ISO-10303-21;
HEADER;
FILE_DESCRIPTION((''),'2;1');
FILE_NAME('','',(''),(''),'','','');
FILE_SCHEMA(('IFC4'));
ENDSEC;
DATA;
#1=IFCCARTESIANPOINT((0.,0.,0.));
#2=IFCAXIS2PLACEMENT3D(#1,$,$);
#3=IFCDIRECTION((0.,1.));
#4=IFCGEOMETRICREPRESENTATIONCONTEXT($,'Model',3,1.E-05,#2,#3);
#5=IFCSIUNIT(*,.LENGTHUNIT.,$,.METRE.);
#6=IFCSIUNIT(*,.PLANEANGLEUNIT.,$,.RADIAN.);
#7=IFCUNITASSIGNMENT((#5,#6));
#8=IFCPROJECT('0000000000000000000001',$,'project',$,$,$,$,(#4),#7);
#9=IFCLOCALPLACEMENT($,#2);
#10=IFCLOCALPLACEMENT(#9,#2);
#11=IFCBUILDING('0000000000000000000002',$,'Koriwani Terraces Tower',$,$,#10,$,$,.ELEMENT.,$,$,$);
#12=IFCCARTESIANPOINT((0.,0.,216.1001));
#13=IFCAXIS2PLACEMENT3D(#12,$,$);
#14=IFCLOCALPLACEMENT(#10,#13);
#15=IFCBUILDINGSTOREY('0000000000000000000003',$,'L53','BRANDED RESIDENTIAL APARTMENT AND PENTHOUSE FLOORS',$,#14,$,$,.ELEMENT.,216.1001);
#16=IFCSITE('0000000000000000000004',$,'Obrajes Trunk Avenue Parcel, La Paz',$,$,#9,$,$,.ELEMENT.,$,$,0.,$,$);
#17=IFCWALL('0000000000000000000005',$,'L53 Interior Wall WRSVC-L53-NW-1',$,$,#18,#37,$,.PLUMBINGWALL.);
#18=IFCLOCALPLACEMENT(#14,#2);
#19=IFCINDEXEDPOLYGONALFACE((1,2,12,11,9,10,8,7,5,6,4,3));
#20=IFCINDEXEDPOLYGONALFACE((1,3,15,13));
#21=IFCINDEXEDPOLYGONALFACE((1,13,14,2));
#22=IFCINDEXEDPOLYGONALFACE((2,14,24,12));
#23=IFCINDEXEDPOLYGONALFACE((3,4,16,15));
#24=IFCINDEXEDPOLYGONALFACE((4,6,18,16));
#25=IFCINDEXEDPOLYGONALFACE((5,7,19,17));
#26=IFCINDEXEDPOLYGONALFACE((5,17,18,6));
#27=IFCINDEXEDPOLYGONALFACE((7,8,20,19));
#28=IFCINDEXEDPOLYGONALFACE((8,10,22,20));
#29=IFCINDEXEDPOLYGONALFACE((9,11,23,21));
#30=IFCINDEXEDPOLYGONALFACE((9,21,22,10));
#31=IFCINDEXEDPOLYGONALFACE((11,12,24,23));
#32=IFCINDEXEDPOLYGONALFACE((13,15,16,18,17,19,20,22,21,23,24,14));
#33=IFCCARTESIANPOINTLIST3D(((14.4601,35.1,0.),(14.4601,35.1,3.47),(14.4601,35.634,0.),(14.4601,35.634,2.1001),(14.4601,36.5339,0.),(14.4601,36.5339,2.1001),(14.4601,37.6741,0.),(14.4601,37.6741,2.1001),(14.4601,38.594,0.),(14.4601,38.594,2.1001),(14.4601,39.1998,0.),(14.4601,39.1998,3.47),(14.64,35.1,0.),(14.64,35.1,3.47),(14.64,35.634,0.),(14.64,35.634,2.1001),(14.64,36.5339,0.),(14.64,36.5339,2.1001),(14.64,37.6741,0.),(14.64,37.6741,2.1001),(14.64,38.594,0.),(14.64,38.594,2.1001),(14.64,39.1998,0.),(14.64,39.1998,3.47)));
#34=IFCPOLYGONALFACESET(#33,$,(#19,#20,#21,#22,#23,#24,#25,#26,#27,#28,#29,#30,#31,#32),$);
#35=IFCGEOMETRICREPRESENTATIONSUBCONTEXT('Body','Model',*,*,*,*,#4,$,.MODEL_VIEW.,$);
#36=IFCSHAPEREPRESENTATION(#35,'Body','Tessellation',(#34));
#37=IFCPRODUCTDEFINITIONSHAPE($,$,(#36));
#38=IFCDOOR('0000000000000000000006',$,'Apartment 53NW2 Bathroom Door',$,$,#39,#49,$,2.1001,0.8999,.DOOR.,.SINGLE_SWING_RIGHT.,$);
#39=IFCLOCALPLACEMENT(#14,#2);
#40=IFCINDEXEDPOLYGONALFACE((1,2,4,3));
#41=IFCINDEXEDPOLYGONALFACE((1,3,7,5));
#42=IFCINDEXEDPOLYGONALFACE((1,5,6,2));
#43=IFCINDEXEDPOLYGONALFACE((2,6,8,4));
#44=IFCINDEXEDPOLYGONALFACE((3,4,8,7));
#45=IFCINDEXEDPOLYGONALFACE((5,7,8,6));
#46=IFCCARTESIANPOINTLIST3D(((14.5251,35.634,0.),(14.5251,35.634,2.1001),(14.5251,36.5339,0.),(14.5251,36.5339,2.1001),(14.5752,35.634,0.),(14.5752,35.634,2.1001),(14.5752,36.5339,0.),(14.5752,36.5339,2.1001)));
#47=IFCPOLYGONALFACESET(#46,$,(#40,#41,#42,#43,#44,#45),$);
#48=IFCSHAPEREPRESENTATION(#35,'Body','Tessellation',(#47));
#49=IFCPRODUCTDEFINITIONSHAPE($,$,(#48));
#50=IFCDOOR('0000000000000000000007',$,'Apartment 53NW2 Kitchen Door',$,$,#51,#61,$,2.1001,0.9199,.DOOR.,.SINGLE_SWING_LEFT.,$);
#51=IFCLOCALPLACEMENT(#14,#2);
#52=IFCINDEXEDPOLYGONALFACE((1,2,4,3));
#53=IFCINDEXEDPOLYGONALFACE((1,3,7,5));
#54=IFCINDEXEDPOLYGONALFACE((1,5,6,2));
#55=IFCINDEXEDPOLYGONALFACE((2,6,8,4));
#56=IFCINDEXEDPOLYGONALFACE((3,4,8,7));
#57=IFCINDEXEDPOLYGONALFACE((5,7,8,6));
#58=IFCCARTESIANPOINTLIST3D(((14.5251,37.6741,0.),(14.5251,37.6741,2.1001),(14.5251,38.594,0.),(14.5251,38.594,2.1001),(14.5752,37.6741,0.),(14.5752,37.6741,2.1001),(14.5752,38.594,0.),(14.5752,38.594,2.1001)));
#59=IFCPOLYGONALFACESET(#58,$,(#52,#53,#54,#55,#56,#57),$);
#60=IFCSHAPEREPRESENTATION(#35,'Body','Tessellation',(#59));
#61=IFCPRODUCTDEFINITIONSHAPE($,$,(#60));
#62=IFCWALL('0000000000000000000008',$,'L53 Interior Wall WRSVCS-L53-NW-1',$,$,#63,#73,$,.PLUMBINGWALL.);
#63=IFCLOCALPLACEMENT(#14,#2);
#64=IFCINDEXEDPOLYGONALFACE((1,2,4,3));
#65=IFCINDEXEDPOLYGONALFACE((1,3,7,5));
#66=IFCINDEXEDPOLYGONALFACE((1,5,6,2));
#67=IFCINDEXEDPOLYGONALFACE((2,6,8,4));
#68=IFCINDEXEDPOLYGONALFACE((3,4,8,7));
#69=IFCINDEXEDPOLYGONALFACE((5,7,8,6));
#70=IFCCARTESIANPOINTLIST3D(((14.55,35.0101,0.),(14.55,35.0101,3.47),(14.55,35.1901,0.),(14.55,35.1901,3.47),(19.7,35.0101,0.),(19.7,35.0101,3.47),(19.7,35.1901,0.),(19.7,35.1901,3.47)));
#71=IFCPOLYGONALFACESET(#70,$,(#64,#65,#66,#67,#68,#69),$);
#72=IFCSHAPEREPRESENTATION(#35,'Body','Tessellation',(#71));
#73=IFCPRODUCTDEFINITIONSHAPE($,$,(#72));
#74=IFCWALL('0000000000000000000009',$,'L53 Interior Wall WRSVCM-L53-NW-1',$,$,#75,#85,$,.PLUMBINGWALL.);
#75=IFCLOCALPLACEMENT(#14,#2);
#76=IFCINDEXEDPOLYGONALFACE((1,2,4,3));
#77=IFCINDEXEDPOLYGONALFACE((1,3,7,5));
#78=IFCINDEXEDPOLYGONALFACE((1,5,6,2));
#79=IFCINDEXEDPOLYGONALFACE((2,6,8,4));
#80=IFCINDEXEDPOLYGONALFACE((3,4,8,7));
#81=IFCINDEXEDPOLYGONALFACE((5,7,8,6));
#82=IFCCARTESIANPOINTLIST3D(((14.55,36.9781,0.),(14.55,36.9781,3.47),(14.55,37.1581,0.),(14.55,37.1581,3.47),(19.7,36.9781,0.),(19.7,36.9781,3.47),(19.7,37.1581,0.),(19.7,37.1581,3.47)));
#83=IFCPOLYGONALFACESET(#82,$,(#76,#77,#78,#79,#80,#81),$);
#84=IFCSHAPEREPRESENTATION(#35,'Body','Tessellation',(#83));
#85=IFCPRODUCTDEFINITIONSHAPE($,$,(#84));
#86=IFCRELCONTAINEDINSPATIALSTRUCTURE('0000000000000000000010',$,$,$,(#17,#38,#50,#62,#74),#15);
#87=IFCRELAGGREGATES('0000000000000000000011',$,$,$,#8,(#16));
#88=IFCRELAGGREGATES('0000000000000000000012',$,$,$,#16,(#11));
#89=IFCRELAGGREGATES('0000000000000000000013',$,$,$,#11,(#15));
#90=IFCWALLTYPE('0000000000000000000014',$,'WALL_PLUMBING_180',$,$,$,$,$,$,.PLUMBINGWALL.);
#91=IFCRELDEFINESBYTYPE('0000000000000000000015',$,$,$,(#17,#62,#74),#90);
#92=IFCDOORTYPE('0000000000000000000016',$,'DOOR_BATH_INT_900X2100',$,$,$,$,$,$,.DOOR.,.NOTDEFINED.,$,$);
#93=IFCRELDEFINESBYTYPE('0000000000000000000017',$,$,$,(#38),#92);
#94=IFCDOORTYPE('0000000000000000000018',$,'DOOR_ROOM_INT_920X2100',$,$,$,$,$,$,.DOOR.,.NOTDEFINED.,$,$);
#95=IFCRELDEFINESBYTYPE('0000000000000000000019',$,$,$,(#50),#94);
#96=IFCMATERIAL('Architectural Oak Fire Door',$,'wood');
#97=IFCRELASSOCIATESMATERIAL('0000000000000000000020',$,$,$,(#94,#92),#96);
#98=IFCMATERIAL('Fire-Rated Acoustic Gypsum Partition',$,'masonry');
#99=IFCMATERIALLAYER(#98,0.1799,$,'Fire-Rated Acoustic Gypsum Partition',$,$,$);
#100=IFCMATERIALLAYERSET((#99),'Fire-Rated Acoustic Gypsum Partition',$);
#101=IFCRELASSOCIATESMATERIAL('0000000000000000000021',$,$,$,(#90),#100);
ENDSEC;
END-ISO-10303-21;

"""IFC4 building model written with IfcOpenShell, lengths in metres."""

from ifc_helpers import new_model, si_unit, direction, frame, frame_2d, origin, place, context, subcontext, project, spatial, rectangle, extrude, material, layer, layer_set, type_object, element, fill, save


model = new_model("IFC4")

# Units and contexts
model_context = context("Model", 3, precision=1e-05, world=origin(), true_north=direction((0.0, 1.0)))
body_context = subcontext(model_context, "Body", "Model", "MODEL_VIEW")
ifc_project = project(units=[si_unit("LENGTHUNIT", "METRE"), si_unit("PLANEANGLEUNIT", "RADIAN")], contexts=[model_context])

# Site, building, storey
site_placement = place(None, origin())
site = spatial("IfcSite", under=ifc_project, at=site_placement, Name="Obrajes Trunk Avenue Parcel, La Paz", CompositionType="ELEMENT", RefElevation=0.0)
building_placement = place(site_placement, origin())
building = spatial("IfcBuilding", under=site, at=building_placement, Name="Koriwani Terraces Tower", CompositionType="ELEMENT")
storey_placement = place(building_placement, frame((0.0, 0.0, 216.1001)))
storey = spatial("IfcBuildingStorey", under=building, at=storey_placement, Name="L53", Description="BRANDED RESIDENTIAL APARTMENT AND PENTHOUSE FLOORS", CompositionType="ELEMENT", Elevation=216.1001)

# Shared definitions
ifc_material_1 = material(Name="Architectural Oak Fire Door", Category="wood")
door_type_1 = type_object("IfcDoorType", Name="DOOR_ROOM_INT_920X2100", OperationType="NOTDEFINED", PredefinedType="DOOR", material=ifc_material_1)

# Shared definitions
ifc_material_2 = material(Name="Fire-Rated Acoustic Gypsum Partition", Category="masonry")
ifc_layer_1 = layer(ifc_material_2, 0.1799, Name="Fire-Rated Acoustic Gypsum Partition")
ifc_layer_set_1 = layer_set([ifc_layer_1], Name="Fire-Rated Acoustic Gypsum Partition")
wall_type_1 = type_object("IfcWallType", Name="WALL_PLUMBING_180", PredefinedType="PLUMBINGWALL", material=ifc_layer_set_1)

# Wall, openings, doors
wall_1_placement = place(storey_placement, frame((14.55, 35.1001, 0.0), z_axis=(0.0, 0.0, 1.0), x_axis=(0.0, 1.0, 0.0)))
wall_1 = element("IfcWall", 1, at=wall_1_placement, inside=storey, type_object=wall_type_1, Name="L53 Interior Wall WRSVC-L53-NW-1", PredefinedType="PLUMBINGWALL", context=body_context, shape_type="SweptSolid", body=[
    extrude(rectangle(XDim=4.0999, YDim=0.1799, at=frame_2d((2.0498, 0.0))), origin(), (0.0, 0.0, 1.0), 3.47),
])
opening_1_placement = place(wall_1_placement, frame((0.5339, 0.0, 0.0)))
opening_1 = element("IfcOpeningElement", 2, at=opening_1_placement, cuts=wall_1, PredefinedType="OPENING", context=body_context, shape_type="SweptSolid", body=[
    extrude(rectangle(XDim=0.8999, YDim=2.1001, at=frame_2d((0.45, 1.05))), frame((0.0, 0.1001, 0.0), z_axis=(0.0, -1.0, 0.0), x_axis=(1.0, 0.0, 0.0)), (0.0, 0.0, 1.0), 0.2),
])
opening_2_placement = place(wall_1_placement, frame((2.574, 0.0, 0.0)))
opening_2 = element("IfcOpeningElement", 3, at=opening_2_placement, cuts=wall_1, PredefinedType="OPENING", context=body_context, shape_type="SweptSolid", body=[
    extrude(rectangle(XDim=0.9199, YDim=2.1001, at=frame_2d((0.46, 1.05))), frame((0.0, 0.1001, 0.0), z_axis=(0.0, -1.0, 0.0), x_axis=(1.0, 0.0, 0.0)), (0.0, 0.0, 1.0), 0.2),
])
door_type_2 = type_object("IfcDoorType", Name="DOOR_BATH_INT_900X2100", OperationType="NOTDEFINED", PredefinedType="DOOR", material=ifc_material_1)
door_1_placement = place(opening_1_placement, origin())
door_1 = element("IfcDoor", 4, at=door_1_placement, inside=storey, type_object=door_type_2, Name="Apartment 53NW2 Bathroom Door", OperationType="SINGLE_SWING_RIGHT", OverallHeight=2.1001, OverallWidth=0.8999, PredefinedType="DOOR", context=body_context, shape_type="SweptSolid", body=[
    extrude(rectangle(XDim=0.8999, YDim=2.1001, at=frame_2d((0.45, 1.05))), frame((0.0, 0.0249, 0.0), z_axis=(0.0, -1.0, 0.0), x_axis=(1.0, 0.0, 0.0)), (0.0, 0.0, 1.0), 0.05),
])
fill(opening_1, door_1)
door_2_placement = place(opening_2_placement, origin())
door_2 = element("IfcDoor", 5, at=door_2_placement, inside=storey, type_object=door_type_1, Name="Apartment 53NW2 Kitchen Door", OperationType="SINGLE_SWING_LEFT", OverallHeight=2.1001, OverallWidth=0.9199, PredefinedType="DOOR", context=body_context, shape_type="SweptSolid", body=[
    extrude(rectangle(XDim=0.9199, YDim=2.1001, at=frame_2d((0.46, 1.05))), frame((0.0, 0.0249, 0.0), z_axis=(0.0, -1.0, 0.0), x_axis=(1.0, 0.0, 0.0)), (0.0, 0.0, 1.0), 0.05),
])
fill(opening_2, door_2)

# Walls
for number, where, z_axis, x_axis, name in (
    (6, (14.55, 35.1001, 0.0), (0.0, 0.0, 1.0), (1.0, 0.0, 0.0), "L53 Interior Wall WRSVCS-L53-NW-1"),
    (7, (14.55, 37.0681, 0.0), (0.0, 0.0, 1.0), (1.0, 0.0, 0.0), "L53 Interior Wall WRSVCM-L53-NW-1"),
):
    element("IfcWall", number, at=place(storey_placement, frame(where, z_axis=z_axis, x_axis=x_axis)), inside=storey, type_object=wall_type_1, Name=name, PredefinedType="PLUMBINGWALL", context=body_context, shape_type="SweptSolid", body=[
        extrude(rectangle(XDim=5.1499, YDim=0.1799, at=frame_2d((2.575, 0.0))), origin(), (0.0, 0.0, 1.0), 3.47),
    ])

save(model, "model.ifc")
